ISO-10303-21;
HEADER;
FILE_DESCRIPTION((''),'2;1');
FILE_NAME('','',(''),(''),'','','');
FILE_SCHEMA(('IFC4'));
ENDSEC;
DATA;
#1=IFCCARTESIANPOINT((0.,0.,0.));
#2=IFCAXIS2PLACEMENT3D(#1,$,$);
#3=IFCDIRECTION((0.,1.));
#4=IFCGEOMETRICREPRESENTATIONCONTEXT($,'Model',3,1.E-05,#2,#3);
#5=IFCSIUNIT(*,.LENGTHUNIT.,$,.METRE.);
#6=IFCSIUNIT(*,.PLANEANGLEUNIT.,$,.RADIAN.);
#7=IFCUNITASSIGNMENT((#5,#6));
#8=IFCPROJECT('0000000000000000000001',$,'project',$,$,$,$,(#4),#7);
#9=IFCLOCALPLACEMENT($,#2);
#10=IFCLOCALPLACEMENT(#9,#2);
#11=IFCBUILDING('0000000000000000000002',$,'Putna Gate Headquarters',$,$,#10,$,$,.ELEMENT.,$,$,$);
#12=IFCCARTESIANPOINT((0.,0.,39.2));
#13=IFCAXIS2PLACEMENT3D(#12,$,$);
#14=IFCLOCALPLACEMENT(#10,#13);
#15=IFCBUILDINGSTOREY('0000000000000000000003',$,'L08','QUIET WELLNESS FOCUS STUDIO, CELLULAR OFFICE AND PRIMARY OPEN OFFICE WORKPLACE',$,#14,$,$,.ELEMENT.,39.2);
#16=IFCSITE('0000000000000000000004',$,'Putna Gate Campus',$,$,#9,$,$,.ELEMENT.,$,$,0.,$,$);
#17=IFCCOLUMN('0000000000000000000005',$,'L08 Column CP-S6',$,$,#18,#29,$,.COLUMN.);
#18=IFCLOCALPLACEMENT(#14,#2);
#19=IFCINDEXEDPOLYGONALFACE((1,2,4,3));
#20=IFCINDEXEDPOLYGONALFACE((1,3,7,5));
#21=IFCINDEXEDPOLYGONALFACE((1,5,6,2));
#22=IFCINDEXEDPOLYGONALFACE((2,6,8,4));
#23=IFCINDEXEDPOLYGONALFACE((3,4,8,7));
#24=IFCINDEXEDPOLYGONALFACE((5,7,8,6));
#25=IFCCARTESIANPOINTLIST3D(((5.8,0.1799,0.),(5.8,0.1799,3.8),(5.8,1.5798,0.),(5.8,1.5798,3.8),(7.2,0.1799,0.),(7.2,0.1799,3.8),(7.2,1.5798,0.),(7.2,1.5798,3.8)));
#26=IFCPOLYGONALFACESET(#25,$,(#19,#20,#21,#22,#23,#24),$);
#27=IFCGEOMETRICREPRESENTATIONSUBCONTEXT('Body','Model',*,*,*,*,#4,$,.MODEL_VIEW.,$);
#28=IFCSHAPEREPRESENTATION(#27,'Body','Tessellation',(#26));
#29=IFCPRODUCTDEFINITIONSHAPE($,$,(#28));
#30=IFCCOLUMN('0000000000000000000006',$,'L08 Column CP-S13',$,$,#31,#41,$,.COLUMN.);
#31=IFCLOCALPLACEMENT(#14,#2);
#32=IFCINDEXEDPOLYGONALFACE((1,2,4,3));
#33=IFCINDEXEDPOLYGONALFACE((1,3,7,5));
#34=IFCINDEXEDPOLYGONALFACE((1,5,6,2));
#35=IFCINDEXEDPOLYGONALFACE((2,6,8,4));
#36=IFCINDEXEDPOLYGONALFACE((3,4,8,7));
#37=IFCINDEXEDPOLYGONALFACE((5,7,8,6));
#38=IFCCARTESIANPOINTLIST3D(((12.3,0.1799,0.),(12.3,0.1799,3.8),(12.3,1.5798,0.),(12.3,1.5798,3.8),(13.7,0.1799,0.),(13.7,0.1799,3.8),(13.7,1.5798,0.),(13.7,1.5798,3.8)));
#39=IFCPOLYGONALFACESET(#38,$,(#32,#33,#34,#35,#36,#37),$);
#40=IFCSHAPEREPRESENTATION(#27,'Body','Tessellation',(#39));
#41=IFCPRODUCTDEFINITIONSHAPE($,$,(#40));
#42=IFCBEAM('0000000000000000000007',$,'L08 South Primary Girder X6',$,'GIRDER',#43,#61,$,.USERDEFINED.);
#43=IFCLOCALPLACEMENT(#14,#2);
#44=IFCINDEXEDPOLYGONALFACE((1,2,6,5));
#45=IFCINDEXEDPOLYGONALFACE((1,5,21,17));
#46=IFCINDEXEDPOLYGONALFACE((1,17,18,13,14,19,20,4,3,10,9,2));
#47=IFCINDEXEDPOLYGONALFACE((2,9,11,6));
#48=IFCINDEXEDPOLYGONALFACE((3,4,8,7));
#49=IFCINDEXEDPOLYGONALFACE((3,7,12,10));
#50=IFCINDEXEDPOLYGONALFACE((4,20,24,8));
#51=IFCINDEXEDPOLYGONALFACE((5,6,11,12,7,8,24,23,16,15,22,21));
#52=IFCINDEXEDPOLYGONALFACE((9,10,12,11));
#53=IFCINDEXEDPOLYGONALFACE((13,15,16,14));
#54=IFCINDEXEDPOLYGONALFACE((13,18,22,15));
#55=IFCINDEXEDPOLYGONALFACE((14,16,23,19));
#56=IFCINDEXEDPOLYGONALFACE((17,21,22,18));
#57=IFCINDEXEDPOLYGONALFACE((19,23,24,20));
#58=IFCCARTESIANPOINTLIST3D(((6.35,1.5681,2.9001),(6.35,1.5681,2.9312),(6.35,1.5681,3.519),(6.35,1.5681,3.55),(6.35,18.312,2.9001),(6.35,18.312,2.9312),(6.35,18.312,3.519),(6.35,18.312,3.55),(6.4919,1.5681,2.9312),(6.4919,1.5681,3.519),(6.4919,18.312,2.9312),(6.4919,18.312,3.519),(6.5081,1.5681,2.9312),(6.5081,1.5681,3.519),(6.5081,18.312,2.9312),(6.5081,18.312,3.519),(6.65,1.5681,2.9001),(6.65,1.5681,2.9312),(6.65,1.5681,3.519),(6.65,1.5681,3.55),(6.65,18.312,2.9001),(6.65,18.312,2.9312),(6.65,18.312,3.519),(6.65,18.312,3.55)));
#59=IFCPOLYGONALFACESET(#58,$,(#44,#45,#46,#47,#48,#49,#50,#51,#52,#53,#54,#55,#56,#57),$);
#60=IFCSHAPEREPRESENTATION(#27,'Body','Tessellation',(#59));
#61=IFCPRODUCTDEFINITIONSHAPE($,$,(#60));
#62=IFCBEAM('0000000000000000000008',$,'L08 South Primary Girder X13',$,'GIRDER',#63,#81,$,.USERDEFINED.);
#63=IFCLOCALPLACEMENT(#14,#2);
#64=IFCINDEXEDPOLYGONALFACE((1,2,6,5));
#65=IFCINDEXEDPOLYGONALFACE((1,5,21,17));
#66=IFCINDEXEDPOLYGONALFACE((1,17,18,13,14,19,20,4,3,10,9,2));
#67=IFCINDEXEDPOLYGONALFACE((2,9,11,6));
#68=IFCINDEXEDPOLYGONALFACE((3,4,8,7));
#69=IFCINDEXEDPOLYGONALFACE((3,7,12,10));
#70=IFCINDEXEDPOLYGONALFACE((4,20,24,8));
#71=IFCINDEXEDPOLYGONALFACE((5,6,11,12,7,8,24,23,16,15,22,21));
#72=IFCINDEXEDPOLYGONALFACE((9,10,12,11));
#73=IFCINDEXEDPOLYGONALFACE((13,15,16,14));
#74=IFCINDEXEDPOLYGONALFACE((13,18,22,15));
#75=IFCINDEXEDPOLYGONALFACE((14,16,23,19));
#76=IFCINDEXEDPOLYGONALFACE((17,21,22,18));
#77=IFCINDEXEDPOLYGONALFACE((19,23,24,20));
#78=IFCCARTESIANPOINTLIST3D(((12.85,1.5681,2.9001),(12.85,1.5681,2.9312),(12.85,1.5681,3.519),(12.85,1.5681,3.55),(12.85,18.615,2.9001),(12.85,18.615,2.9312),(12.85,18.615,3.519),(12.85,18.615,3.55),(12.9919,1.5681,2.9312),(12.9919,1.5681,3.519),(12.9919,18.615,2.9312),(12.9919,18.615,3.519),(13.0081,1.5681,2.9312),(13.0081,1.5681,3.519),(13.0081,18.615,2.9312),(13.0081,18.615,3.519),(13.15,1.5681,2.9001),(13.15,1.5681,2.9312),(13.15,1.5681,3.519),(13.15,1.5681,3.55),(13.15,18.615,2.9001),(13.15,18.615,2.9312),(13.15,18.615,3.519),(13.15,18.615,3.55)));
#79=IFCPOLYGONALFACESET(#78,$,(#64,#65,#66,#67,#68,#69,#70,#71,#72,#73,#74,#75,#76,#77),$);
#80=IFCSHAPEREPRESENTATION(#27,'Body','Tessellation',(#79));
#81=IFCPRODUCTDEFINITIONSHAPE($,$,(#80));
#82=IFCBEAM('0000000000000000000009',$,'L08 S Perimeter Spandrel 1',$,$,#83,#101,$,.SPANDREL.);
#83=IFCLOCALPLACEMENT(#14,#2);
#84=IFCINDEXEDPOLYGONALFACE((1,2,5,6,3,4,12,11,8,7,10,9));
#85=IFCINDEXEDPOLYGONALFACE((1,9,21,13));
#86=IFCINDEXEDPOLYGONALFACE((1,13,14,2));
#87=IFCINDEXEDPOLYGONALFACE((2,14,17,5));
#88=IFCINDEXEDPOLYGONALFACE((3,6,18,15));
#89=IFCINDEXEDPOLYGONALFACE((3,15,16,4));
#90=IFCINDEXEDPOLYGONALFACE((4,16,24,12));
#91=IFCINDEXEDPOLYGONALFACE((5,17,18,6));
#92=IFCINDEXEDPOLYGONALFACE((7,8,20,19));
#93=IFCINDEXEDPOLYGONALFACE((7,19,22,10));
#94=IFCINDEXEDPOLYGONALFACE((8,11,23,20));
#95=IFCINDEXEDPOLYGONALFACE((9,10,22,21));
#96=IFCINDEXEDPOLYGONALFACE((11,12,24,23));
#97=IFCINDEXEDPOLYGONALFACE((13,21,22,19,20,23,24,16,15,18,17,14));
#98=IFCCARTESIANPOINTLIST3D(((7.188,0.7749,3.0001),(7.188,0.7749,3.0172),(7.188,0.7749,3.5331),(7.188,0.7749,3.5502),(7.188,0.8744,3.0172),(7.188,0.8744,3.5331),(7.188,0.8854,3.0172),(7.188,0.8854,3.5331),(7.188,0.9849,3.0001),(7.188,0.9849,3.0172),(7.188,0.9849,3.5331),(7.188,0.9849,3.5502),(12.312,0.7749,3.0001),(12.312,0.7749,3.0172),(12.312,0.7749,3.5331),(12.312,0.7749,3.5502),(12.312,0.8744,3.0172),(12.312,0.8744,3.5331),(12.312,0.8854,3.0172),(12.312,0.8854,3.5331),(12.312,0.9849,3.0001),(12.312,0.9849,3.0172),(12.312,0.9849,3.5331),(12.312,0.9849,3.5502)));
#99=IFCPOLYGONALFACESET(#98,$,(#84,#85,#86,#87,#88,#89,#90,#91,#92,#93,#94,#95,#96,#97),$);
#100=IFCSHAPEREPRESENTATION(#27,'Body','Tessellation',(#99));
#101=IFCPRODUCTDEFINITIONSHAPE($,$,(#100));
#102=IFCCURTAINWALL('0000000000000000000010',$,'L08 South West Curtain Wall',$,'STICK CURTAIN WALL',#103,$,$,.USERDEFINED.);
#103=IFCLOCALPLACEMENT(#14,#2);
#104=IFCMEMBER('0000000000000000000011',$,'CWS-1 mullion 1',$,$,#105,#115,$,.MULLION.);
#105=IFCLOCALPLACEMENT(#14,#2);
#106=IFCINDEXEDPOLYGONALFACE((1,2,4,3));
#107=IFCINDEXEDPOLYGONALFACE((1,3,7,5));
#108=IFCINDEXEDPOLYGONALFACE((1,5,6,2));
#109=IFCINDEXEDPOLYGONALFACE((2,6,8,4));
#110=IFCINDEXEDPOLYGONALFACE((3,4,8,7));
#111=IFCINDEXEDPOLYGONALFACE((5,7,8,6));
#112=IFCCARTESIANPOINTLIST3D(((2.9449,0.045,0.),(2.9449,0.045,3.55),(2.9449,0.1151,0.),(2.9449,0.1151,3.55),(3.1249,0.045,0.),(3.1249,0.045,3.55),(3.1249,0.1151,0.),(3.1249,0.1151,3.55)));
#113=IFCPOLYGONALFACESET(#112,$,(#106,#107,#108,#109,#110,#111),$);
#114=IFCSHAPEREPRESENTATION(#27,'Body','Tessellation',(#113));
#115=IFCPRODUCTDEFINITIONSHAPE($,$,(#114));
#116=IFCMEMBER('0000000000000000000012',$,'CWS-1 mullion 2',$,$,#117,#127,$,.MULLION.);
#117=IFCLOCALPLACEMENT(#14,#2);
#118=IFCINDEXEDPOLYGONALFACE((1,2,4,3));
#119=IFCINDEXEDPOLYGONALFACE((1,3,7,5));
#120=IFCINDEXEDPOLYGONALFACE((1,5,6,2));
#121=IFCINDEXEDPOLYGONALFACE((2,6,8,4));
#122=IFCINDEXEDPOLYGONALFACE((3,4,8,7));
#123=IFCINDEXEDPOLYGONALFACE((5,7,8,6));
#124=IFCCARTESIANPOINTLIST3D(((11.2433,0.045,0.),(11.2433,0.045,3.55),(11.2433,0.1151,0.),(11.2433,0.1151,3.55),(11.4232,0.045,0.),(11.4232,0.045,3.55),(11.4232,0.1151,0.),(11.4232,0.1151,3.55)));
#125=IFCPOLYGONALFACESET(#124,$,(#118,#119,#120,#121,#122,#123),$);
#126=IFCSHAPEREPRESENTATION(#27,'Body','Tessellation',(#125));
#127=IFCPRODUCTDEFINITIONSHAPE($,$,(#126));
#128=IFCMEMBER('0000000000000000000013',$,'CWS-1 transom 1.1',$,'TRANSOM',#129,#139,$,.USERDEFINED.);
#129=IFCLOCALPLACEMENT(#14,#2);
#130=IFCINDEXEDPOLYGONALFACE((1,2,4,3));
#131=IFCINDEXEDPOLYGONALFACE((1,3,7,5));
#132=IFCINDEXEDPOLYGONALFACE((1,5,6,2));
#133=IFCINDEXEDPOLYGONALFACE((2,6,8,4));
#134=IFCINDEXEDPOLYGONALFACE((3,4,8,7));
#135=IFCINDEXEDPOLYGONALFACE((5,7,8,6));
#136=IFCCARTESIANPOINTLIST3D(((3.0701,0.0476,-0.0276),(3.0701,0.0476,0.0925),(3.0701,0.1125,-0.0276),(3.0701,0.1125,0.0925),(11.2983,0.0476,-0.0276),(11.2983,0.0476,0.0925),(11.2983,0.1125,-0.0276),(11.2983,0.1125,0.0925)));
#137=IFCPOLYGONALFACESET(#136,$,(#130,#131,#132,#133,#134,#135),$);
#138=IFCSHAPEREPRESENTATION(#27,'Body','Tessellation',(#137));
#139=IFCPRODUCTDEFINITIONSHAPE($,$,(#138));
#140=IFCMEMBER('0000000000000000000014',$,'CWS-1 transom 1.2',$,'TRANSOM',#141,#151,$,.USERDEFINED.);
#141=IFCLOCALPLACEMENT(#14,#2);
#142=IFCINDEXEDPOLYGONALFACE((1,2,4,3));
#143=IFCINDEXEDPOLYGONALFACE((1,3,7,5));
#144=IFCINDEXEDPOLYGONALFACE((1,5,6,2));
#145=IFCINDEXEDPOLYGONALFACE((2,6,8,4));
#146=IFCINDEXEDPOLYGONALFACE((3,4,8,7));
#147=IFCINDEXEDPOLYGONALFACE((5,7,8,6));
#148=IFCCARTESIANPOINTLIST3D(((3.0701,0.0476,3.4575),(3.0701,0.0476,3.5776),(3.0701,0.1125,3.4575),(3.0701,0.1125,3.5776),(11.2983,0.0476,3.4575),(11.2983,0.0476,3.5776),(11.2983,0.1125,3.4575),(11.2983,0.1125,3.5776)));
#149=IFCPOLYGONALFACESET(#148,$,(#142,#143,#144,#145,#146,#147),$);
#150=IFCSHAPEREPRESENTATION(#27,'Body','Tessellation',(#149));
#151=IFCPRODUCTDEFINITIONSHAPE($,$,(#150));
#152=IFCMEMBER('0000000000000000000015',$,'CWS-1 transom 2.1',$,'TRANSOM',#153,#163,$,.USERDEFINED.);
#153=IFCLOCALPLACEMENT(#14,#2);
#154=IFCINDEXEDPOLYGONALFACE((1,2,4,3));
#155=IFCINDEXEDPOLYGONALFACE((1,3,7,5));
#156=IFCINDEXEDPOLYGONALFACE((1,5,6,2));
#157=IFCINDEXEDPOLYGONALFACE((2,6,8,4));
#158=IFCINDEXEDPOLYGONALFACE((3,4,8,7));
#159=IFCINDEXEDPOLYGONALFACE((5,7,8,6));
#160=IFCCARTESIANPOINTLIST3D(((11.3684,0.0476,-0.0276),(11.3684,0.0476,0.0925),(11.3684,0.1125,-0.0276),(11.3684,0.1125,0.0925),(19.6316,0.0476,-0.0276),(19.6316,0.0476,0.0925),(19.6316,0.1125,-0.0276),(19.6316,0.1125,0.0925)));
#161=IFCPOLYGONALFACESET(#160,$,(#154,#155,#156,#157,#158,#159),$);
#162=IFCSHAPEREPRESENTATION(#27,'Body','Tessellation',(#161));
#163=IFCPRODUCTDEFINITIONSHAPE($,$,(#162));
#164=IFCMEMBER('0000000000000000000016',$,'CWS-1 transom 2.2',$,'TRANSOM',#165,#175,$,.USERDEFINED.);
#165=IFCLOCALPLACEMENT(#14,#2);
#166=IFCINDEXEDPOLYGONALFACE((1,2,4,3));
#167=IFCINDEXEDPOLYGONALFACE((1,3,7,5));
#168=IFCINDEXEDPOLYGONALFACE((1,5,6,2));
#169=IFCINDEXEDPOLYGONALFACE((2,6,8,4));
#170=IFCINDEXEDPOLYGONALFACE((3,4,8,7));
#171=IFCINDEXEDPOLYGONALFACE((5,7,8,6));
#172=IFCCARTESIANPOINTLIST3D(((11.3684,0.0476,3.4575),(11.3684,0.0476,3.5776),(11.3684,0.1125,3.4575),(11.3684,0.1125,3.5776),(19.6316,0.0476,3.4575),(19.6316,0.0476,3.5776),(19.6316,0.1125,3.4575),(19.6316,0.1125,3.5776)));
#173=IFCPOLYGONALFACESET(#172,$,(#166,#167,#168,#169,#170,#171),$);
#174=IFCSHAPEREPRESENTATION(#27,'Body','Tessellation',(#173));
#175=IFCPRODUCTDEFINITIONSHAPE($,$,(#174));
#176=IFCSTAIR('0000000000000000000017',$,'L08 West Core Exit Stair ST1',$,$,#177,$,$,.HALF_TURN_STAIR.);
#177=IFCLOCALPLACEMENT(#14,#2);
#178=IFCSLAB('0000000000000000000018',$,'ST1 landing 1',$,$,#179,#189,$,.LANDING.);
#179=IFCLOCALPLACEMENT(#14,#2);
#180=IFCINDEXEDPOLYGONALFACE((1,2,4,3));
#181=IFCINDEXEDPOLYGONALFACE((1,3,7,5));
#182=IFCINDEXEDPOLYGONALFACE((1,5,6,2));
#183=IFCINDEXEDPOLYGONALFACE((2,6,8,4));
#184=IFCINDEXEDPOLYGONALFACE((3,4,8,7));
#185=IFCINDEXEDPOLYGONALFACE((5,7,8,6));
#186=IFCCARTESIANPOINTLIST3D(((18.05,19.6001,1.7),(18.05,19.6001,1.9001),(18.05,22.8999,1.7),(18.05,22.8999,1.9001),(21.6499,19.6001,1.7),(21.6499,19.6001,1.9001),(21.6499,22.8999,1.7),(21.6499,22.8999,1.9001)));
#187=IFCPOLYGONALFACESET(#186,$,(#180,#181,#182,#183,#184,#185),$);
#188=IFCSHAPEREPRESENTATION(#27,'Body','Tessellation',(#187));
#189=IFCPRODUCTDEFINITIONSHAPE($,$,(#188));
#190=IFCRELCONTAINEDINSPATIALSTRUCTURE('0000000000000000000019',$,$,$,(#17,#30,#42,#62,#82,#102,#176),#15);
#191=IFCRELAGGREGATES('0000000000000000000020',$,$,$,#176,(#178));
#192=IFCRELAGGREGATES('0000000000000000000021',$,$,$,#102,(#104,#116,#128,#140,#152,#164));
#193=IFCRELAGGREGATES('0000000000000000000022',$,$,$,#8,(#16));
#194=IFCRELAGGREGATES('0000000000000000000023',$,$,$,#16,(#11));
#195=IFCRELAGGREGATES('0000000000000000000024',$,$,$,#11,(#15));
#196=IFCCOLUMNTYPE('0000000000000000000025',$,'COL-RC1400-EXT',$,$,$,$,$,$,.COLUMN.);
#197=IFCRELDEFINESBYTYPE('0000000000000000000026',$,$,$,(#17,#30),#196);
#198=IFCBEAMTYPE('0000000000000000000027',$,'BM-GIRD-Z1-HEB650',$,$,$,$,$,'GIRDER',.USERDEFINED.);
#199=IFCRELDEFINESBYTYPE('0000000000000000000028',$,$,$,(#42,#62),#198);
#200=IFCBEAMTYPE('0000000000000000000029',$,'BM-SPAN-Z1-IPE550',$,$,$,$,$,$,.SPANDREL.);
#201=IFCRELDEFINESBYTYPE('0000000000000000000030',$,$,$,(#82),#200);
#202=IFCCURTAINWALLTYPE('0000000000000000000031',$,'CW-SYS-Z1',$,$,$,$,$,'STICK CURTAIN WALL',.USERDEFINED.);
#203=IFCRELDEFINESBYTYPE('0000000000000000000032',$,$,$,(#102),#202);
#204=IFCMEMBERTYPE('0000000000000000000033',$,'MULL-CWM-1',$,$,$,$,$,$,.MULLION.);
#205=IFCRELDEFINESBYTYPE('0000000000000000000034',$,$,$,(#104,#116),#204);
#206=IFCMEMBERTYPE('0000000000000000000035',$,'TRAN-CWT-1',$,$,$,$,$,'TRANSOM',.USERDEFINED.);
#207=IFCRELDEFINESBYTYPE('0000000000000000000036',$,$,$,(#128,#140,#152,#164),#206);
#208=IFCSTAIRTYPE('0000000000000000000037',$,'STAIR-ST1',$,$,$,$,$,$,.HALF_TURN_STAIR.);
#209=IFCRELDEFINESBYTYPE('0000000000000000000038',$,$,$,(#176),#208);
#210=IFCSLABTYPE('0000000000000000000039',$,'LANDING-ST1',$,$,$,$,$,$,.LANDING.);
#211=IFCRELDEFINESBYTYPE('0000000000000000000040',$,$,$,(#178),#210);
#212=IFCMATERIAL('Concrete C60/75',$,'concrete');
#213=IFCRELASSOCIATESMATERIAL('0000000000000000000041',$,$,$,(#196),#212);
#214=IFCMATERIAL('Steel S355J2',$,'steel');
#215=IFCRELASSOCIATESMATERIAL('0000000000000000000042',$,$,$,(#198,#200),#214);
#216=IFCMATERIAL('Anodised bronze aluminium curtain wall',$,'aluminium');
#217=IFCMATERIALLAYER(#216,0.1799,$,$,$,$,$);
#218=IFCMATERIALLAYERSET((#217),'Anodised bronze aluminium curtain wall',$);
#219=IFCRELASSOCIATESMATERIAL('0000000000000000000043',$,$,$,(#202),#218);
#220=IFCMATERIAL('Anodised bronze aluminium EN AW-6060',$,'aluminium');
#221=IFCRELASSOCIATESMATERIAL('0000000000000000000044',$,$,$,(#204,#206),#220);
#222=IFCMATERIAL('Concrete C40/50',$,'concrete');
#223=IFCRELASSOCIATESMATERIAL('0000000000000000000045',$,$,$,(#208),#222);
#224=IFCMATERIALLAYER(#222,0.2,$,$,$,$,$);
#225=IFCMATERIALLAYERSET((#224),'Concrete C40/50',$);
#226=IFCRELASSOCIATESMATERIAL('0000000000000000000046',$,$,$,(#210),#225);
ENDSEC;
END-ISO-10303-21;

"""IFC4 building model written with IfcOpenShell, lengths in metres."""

from ifc_helpers import new_model, si_unit, direction, frame, origin, origin_2d, place, context, subcontext, project, spatial, polyline, rectangle, i_section, outline, extrude, material, layer, layer_set, material_profile, profile_set, type_object, element, aggregate, save


model = new_model("IFC4")

# Units and contexts
model_context = context("Model", 3, precision=1e-05, world=origin(), true_north=direction((0.0, 1.0)))
body_context = subcontext(model_context, "Body", "Model", "MODEL_VIEW")
ifc_project = project(units=[si_unit("LENGTHUNIT", "METRE"), si_unit("PLANEANGLEUNIT", "RADIAN")], contexts=[model_context])

# Site, building, storey
site_placement = place(None, origin())
site = spatial("IfcSite", under=ifc_project, at=site_placement, Name="Putna Gate Campus", CompositionType="ELEMENT", RefElevation=0.0)
building_placement = place(site_placement, origin())
building = spatial("IfcBuilding", under=site, at=building_placement, Name="Putna Gate Headquarters", CompositionType="ELEMENT")
storey_placement = place(building_placement, frame((0.0, 0.0, 39.2)))
storey = spatial("IfcBuildingStorey", under=building, at=storey_placement, Name="L08", Description="QUIET WELLNESS FOCUS STUDIO, CELLULAR OFFICE AND PRIMARY OPEN OFFICE WORKPLACE", CompositionType="ELEMENT", Elevation=39.2)

# Columns
ifc_material_1 = material(Name="Concrete C60/75", Category="concrete")
ifc_material_profile_1 = material_profile(ifc_material_1, rectangle(XDim=1.3999, YDim=1.3999, at=origin_2d()), Name="Concrete C60/75")
ifc_profile_set_1 = profile_set([ifc_material_profile_1], Name="Concrete C60/75")
column_type = type_object("IfcColumnType", Name="COL-RC1400-EXT", PredefinedType="COLUMN", material=ifc_profile_set_1)
for number, where, z_axis, x_axis, name in (
    (1, (6.5, 0.8799, 0.0), (0.0, 0.0, 1.0), (1.0, 0.0, 0.0), "L08 Column CP-S6"),
    (2, (13.0, 0.8799, 0.0), (0.0, 0.0, 1.0), (1.0, 0.0, 0.0), "L08 Column CP-S13"),
):
    element("IfcColumn", number, at=place(storey_placement, frame(where, z_axis=z_axis, x_axis=x_axis)), inside=storey, type_object=column_type, Name=name, PredefinedType="COLUMN", context=body_context, shape_type="SweptSolid", body=[
        extrude(rectangle(XDim=1.3999, YDim=1.3999, at=origin_2d()), origin(), (0.0, 0.0, 1.0), 3.8),
    ])

# Beams
ifc_material_2 = material(Name="Steel S355J2", Category="steel")
ifc_material_profile_2 = material_profile(ifc_material_2, i_section(OverallWidth=0.3, OverallDepth=0.6499, WebThickness=0.0161, FlangeThickness=0.031, at=origin_2d()), Name="Steel S355J2")
ifc_profile_set_2 = profile_set([ifc_material_profile_2], Name="Steel S355J2")
beam_type_1 = type_object("IfcBeamType", Name="BM-GIRD-Z1-HEB650", ElementType="GIRDER", PredefinedType="USERDEFINED", material=ifc_profile_set_2)
beam_1_placement = place(storey_placement, frame((6.5, 1.5681, 3.2251), z_axis=(0.0, 1.0, 0.0), x_axis=(-1.0, 0.0, 0.0)))
element("IfcBeam", 3, at=beam_1_placement, inside=storey, type_object=beam_type_1, Name="L08 South Primary Girder X6", ObjectType="GIRDER", PredefinedType="USERDEFINED", context=body_context, shape_type="SweptSolid", body=[
    extrude(i_section(OverallWidth=0.3, OverallDepth=0.6499, WebThickness=0.0161, FlangeThickness=0.031, at=origin_2d()), origin(), (0.0, 0.0, 1.0), 16.7439),
])
beam_2_placement = place(storey_placement, frame((13.0, 1.5681, 3.2251), z_axis=(0.0, 1.0, 0.0), x_axis=(-1.0, 0.0, 0.0)))
element("IfcBeam", 4, at=beam_2_placement, inside=storey, type_object=beam_type_1, Name="L08 South Primary Girder X13", ObjectType="GIRDER", PredefinedType="USERDEFINED", context=body_context, shape_type="SweptSolid", body=[
    extrude(i_section(OverallWidth=0.3, OverallDepth=0.6499, WebThickness=0.0161, FlangeThickness=0.031, at=origin_2d()), origin(), (0.0, 0.0, 1.0), 17.0469),
])
ifc_material_profile_3 = material_profile(ifc_material_2, i_section(OverallWidth=0.21, OverallDepth=0.55, WebThickness=0.011, FlangeThickness=0.0171, at=origin_2d()), Name="Steel S355J2")
ifc_profile_set_3 = profile_set([ifc_material_profile_3], Name="Steel S355J2")
beam_type_2 = type_object("IfcBeamType", Name="BM-SPAN-Z1-IPE550", PredefinedType="SPANDREL", material=ifc_profile_set_3)
beam_3_placement = place(storey_placement, frame((7.188, 0.8799, 3.2751), z_axis=(1.0, 0.0, 0.0), x_axis=(0.0, 1.0, 0.0)))
element("IfcBeam", 5, at=beam_3_placement, inside=storey, type_object=beam_type_2, Name="L08 S Perimeter Spandrel 1", PredefinedType="SPANDREL", context=body_context, shape_type="SweptSolid", body=[
    extrude(i_section(OverallWidth=0.21, OverallDepth=0.55, WebThickness=0.011, FlangeThickness=0.0171, at=origin_2d()), origin(), (0.0, 0.0, 1.0), 5.124),
])

# Curtain wall, members
ifc_material_3 = material(Name="Anodised bronze aluminium curtain wall", Category="aluminium")
ifc_layer_1 = layer(ifc_material_3, 0.1799)
ifc_layer_set_1 = layer_set([ifc_layer_1], Name="Anodised bronze aluminium curtain wall")
curtain_wall_type = type_object("IfcCurtainWallType", Name="CW-SYS-Z1", ElementType="STICK CURTAIN WALL", PredefinedType="USERDEFINED", material=ifc_layer_set_1)
curtain_wall_placement = place(storey_placement, origin())
curtain_wall = element("IfcCurtainWall", 6, at=curtain_wall_placement, inside=storey, type_object=curtain_wall_type, Name="L08 South West Curtain Wall", ObjectType="STICK CURTAIN WALL", PredefinedType="USERDEFINED")
ifc_material_4 = material(Name="Anodised bronze aluminium EN AW-6060", Category="aluminium")
ifc_material_profile_4 = material_profile(ifc_material_4, rectangle(XDim=0.0701, YDim=0.1799, at=origin_2d()), Name="Anodised bronze aluminium EN AW-6060")
ifc_profile_set_4 = profile_set([ifc_material_profile_4], Name="Anodised bronze aluminium EN AW-6060")
member_type_1 = type_object("IfcMemberType", Name="MULL-CWM-1", PredefinedType="MULLION", material=ifc_profile_set_4)
member_1_placement = place(storey_placement, frame((3.0349, 0.0801, 0.0), z_axis=(0.0, 0.0, 1.0), x_axis=(0.0, 1.0, 0.0)))
member_1 = element("IfcMember", 7, at=member_1_placement, type_object=member_type_1, Name="CWS-1 mullion 1", PredefinedType="MULLION", context=body_context, shape_type="SweptSolid", body=[
    extrude(rectangle(XDim=0.0701, YDim=0.1799, at=origin_2d()), origin(), (0.0, 0.0, 1.0), 3.55),
])
member_2_placement = place(storey_placement, frame((11.3333, 0.0801, 0.0), z_axis=(0.0, 0.0, 1.0), x_axis=(0.0, 1.0, 0.0)))
member_2 = element("IfcMember", 8, at=member_2_placement, type_object=member_type_1, Name="CWS-1 mullion 2", PredefinedType="MULLION", context=body_context, shape_type="SweptSolid", body=[
    extrude(rectangle(XDim=0.0701, YDim=0.1799, at=origin_2d()), origin(), (0.0, 0.0, 1.0), 3.55),
])
ifc_material_profile_5 = material_profile(ifc_material_4, rectangle(XDim=0.0649, YDim=0.1201, at=origin_2d()), Name="Anodised bronze aluminium EN AW-6060")
ifc_profile_set_5 = profile_set([ifc_material_profile_5], Name="Anodised bronze aluminium EN AW-6060")
member_type_2 = type_object("IfcMemberType", Name="TRAN-CWT-1", ElementType="TRANSOM", PredefinedType="USERDEFINED", material=ifc_profile_set_5)
member_3_placement = place(storey_placement, frame((3.0701, 0.0801, 0.0325), z_axis=(1.0, 0.0, 0.0), x_axis=(0.0, 1.0, 0.0)))
member_3 = element("IfcMember", 9, at=member_3_placement, type_object=member_type_2, Name="CWS-1 transom 1.1", ObjectType="TRANSOM", PredefinedType="USERDEFINED", context=body_context, shape_type="SweptSolid", body=[
    extrude(rectangle(XDim=0.0649, YDim=0.1201, at=origin_2d()), origin(), (0.0, 0.0, 1.0), 8.2283),
])
member_4_placement = place(storey_placement, frame((3.0701, 0.0801, 3.5176), z_axis=(1.0, 0.0, 0.0), x_axis=(0.0, 1.0, 0.0)))
member_4 = element("IfcMember", 10, at=member_4_placement, type_object=member_type_2, Name="CWS-1 transom 1.2", ObjectType="TRANSOM", PredefinedType="USERDEFINED", context=body_context, shape_type="SweptSolid", body=[
    extrude(rectangle(XDim=0.0649, YDim=0.1201, at=origin_2d()), origin(), (0.0, 0.0, 1.0), 8.2283),
])
member_5_placement = place(storey_placement, frame((11.3684, 0.0801, 0.0325), z_axis=(1.0, 0.0, 0.0), x_axis=(0.0, 1.0, 0.0)))
member_5 = element("IfcMember", 11, at=member_5_placement, type_object=member_type_2, Name="CWS-1 transom 2.1", ObjectType="TRANSOM", PredefinedType="USERDEFINED", context=body_context, shape_type="SweptSolid", body=[
    extrude(rectangle(XDim=0.0649, YDim=0.1201, at=origin_2d()), origin(), (0.0, 0.0, 1.0), 8.2632),
])
member_6_placement = place(storey_placement, frame((11.3684, 0.0801, 3.5176), z_axis=(1.0, 0.0, 0.0), x_axis=(0.0, 1.0, 0.0)))
member_6 = element("IfcMember", 12, at=member_6_placement, type_object=member_type_2, Name="CWS-1 transom 2.2", ObjectType="TRANSOM", PredefinedType="USERDEFINED", context=body_context, shape_type="SweptSolid", body=[
    extrude(rectangle(XDim=0.0649, YDim=0.1201, at=origin_2d()), origin(), (0.0, 0.0, 1.0), 8.2632),
])

# Stair, slab
ifc_material_5 = material(Name="Concrete C40/50", Category="concrete")
stair_type_1 = type_object("IfcStairType", Name="STAIR-ST1", PredefinedType="HALF_TURN_STAIR", material=ifc_material_5)
stair_1_placement = place(storey_placement, origin())
stair_1 = element("IfcStair", 13, at=stair_1_placement, inside=storey, type_object=stair_type_1, Name="L08 West Core Exit Stair ST1", PredefinedType="HALF_TURN_STAIR")
ifc_layer_2 = layer(ifc_material_5, 0.2)
ifc_layer_set_2 = layer_set([ifc_layer_2], Name="Concrete C40/50")
slab_type_1 = type_object("IfcSlabType", Name="LANDING-ST1", PredefinedType="LANDING", material=ifc_layer_set_2)
slab_1_placement = place(storey_placement, frame((0.0, 0.0, 1.7)))
slab_1 = element("IfcSlab", 14, at=slab_1_placement, type_object=slab_type_1, Name="ST1 landing 1", PredefinedType="LANDING", context=body_context, shape_type="SweptSolid", body=[
    extrude(outline(polyline([(18.05, 19.6001), (21.6499, 19.6001), (21.6499, 22.8999), (18.05, 22.8999), (18.05, 19.6001)])), origin(), (0.0, 0.0, 1.0), 0.2002),
])
aggregate(stair_1, [slab_1])

aggregate(curtain_wall, [member_1, member_2, member_3, member_4, member_5, member_6])

save(model, "model.ifc")
